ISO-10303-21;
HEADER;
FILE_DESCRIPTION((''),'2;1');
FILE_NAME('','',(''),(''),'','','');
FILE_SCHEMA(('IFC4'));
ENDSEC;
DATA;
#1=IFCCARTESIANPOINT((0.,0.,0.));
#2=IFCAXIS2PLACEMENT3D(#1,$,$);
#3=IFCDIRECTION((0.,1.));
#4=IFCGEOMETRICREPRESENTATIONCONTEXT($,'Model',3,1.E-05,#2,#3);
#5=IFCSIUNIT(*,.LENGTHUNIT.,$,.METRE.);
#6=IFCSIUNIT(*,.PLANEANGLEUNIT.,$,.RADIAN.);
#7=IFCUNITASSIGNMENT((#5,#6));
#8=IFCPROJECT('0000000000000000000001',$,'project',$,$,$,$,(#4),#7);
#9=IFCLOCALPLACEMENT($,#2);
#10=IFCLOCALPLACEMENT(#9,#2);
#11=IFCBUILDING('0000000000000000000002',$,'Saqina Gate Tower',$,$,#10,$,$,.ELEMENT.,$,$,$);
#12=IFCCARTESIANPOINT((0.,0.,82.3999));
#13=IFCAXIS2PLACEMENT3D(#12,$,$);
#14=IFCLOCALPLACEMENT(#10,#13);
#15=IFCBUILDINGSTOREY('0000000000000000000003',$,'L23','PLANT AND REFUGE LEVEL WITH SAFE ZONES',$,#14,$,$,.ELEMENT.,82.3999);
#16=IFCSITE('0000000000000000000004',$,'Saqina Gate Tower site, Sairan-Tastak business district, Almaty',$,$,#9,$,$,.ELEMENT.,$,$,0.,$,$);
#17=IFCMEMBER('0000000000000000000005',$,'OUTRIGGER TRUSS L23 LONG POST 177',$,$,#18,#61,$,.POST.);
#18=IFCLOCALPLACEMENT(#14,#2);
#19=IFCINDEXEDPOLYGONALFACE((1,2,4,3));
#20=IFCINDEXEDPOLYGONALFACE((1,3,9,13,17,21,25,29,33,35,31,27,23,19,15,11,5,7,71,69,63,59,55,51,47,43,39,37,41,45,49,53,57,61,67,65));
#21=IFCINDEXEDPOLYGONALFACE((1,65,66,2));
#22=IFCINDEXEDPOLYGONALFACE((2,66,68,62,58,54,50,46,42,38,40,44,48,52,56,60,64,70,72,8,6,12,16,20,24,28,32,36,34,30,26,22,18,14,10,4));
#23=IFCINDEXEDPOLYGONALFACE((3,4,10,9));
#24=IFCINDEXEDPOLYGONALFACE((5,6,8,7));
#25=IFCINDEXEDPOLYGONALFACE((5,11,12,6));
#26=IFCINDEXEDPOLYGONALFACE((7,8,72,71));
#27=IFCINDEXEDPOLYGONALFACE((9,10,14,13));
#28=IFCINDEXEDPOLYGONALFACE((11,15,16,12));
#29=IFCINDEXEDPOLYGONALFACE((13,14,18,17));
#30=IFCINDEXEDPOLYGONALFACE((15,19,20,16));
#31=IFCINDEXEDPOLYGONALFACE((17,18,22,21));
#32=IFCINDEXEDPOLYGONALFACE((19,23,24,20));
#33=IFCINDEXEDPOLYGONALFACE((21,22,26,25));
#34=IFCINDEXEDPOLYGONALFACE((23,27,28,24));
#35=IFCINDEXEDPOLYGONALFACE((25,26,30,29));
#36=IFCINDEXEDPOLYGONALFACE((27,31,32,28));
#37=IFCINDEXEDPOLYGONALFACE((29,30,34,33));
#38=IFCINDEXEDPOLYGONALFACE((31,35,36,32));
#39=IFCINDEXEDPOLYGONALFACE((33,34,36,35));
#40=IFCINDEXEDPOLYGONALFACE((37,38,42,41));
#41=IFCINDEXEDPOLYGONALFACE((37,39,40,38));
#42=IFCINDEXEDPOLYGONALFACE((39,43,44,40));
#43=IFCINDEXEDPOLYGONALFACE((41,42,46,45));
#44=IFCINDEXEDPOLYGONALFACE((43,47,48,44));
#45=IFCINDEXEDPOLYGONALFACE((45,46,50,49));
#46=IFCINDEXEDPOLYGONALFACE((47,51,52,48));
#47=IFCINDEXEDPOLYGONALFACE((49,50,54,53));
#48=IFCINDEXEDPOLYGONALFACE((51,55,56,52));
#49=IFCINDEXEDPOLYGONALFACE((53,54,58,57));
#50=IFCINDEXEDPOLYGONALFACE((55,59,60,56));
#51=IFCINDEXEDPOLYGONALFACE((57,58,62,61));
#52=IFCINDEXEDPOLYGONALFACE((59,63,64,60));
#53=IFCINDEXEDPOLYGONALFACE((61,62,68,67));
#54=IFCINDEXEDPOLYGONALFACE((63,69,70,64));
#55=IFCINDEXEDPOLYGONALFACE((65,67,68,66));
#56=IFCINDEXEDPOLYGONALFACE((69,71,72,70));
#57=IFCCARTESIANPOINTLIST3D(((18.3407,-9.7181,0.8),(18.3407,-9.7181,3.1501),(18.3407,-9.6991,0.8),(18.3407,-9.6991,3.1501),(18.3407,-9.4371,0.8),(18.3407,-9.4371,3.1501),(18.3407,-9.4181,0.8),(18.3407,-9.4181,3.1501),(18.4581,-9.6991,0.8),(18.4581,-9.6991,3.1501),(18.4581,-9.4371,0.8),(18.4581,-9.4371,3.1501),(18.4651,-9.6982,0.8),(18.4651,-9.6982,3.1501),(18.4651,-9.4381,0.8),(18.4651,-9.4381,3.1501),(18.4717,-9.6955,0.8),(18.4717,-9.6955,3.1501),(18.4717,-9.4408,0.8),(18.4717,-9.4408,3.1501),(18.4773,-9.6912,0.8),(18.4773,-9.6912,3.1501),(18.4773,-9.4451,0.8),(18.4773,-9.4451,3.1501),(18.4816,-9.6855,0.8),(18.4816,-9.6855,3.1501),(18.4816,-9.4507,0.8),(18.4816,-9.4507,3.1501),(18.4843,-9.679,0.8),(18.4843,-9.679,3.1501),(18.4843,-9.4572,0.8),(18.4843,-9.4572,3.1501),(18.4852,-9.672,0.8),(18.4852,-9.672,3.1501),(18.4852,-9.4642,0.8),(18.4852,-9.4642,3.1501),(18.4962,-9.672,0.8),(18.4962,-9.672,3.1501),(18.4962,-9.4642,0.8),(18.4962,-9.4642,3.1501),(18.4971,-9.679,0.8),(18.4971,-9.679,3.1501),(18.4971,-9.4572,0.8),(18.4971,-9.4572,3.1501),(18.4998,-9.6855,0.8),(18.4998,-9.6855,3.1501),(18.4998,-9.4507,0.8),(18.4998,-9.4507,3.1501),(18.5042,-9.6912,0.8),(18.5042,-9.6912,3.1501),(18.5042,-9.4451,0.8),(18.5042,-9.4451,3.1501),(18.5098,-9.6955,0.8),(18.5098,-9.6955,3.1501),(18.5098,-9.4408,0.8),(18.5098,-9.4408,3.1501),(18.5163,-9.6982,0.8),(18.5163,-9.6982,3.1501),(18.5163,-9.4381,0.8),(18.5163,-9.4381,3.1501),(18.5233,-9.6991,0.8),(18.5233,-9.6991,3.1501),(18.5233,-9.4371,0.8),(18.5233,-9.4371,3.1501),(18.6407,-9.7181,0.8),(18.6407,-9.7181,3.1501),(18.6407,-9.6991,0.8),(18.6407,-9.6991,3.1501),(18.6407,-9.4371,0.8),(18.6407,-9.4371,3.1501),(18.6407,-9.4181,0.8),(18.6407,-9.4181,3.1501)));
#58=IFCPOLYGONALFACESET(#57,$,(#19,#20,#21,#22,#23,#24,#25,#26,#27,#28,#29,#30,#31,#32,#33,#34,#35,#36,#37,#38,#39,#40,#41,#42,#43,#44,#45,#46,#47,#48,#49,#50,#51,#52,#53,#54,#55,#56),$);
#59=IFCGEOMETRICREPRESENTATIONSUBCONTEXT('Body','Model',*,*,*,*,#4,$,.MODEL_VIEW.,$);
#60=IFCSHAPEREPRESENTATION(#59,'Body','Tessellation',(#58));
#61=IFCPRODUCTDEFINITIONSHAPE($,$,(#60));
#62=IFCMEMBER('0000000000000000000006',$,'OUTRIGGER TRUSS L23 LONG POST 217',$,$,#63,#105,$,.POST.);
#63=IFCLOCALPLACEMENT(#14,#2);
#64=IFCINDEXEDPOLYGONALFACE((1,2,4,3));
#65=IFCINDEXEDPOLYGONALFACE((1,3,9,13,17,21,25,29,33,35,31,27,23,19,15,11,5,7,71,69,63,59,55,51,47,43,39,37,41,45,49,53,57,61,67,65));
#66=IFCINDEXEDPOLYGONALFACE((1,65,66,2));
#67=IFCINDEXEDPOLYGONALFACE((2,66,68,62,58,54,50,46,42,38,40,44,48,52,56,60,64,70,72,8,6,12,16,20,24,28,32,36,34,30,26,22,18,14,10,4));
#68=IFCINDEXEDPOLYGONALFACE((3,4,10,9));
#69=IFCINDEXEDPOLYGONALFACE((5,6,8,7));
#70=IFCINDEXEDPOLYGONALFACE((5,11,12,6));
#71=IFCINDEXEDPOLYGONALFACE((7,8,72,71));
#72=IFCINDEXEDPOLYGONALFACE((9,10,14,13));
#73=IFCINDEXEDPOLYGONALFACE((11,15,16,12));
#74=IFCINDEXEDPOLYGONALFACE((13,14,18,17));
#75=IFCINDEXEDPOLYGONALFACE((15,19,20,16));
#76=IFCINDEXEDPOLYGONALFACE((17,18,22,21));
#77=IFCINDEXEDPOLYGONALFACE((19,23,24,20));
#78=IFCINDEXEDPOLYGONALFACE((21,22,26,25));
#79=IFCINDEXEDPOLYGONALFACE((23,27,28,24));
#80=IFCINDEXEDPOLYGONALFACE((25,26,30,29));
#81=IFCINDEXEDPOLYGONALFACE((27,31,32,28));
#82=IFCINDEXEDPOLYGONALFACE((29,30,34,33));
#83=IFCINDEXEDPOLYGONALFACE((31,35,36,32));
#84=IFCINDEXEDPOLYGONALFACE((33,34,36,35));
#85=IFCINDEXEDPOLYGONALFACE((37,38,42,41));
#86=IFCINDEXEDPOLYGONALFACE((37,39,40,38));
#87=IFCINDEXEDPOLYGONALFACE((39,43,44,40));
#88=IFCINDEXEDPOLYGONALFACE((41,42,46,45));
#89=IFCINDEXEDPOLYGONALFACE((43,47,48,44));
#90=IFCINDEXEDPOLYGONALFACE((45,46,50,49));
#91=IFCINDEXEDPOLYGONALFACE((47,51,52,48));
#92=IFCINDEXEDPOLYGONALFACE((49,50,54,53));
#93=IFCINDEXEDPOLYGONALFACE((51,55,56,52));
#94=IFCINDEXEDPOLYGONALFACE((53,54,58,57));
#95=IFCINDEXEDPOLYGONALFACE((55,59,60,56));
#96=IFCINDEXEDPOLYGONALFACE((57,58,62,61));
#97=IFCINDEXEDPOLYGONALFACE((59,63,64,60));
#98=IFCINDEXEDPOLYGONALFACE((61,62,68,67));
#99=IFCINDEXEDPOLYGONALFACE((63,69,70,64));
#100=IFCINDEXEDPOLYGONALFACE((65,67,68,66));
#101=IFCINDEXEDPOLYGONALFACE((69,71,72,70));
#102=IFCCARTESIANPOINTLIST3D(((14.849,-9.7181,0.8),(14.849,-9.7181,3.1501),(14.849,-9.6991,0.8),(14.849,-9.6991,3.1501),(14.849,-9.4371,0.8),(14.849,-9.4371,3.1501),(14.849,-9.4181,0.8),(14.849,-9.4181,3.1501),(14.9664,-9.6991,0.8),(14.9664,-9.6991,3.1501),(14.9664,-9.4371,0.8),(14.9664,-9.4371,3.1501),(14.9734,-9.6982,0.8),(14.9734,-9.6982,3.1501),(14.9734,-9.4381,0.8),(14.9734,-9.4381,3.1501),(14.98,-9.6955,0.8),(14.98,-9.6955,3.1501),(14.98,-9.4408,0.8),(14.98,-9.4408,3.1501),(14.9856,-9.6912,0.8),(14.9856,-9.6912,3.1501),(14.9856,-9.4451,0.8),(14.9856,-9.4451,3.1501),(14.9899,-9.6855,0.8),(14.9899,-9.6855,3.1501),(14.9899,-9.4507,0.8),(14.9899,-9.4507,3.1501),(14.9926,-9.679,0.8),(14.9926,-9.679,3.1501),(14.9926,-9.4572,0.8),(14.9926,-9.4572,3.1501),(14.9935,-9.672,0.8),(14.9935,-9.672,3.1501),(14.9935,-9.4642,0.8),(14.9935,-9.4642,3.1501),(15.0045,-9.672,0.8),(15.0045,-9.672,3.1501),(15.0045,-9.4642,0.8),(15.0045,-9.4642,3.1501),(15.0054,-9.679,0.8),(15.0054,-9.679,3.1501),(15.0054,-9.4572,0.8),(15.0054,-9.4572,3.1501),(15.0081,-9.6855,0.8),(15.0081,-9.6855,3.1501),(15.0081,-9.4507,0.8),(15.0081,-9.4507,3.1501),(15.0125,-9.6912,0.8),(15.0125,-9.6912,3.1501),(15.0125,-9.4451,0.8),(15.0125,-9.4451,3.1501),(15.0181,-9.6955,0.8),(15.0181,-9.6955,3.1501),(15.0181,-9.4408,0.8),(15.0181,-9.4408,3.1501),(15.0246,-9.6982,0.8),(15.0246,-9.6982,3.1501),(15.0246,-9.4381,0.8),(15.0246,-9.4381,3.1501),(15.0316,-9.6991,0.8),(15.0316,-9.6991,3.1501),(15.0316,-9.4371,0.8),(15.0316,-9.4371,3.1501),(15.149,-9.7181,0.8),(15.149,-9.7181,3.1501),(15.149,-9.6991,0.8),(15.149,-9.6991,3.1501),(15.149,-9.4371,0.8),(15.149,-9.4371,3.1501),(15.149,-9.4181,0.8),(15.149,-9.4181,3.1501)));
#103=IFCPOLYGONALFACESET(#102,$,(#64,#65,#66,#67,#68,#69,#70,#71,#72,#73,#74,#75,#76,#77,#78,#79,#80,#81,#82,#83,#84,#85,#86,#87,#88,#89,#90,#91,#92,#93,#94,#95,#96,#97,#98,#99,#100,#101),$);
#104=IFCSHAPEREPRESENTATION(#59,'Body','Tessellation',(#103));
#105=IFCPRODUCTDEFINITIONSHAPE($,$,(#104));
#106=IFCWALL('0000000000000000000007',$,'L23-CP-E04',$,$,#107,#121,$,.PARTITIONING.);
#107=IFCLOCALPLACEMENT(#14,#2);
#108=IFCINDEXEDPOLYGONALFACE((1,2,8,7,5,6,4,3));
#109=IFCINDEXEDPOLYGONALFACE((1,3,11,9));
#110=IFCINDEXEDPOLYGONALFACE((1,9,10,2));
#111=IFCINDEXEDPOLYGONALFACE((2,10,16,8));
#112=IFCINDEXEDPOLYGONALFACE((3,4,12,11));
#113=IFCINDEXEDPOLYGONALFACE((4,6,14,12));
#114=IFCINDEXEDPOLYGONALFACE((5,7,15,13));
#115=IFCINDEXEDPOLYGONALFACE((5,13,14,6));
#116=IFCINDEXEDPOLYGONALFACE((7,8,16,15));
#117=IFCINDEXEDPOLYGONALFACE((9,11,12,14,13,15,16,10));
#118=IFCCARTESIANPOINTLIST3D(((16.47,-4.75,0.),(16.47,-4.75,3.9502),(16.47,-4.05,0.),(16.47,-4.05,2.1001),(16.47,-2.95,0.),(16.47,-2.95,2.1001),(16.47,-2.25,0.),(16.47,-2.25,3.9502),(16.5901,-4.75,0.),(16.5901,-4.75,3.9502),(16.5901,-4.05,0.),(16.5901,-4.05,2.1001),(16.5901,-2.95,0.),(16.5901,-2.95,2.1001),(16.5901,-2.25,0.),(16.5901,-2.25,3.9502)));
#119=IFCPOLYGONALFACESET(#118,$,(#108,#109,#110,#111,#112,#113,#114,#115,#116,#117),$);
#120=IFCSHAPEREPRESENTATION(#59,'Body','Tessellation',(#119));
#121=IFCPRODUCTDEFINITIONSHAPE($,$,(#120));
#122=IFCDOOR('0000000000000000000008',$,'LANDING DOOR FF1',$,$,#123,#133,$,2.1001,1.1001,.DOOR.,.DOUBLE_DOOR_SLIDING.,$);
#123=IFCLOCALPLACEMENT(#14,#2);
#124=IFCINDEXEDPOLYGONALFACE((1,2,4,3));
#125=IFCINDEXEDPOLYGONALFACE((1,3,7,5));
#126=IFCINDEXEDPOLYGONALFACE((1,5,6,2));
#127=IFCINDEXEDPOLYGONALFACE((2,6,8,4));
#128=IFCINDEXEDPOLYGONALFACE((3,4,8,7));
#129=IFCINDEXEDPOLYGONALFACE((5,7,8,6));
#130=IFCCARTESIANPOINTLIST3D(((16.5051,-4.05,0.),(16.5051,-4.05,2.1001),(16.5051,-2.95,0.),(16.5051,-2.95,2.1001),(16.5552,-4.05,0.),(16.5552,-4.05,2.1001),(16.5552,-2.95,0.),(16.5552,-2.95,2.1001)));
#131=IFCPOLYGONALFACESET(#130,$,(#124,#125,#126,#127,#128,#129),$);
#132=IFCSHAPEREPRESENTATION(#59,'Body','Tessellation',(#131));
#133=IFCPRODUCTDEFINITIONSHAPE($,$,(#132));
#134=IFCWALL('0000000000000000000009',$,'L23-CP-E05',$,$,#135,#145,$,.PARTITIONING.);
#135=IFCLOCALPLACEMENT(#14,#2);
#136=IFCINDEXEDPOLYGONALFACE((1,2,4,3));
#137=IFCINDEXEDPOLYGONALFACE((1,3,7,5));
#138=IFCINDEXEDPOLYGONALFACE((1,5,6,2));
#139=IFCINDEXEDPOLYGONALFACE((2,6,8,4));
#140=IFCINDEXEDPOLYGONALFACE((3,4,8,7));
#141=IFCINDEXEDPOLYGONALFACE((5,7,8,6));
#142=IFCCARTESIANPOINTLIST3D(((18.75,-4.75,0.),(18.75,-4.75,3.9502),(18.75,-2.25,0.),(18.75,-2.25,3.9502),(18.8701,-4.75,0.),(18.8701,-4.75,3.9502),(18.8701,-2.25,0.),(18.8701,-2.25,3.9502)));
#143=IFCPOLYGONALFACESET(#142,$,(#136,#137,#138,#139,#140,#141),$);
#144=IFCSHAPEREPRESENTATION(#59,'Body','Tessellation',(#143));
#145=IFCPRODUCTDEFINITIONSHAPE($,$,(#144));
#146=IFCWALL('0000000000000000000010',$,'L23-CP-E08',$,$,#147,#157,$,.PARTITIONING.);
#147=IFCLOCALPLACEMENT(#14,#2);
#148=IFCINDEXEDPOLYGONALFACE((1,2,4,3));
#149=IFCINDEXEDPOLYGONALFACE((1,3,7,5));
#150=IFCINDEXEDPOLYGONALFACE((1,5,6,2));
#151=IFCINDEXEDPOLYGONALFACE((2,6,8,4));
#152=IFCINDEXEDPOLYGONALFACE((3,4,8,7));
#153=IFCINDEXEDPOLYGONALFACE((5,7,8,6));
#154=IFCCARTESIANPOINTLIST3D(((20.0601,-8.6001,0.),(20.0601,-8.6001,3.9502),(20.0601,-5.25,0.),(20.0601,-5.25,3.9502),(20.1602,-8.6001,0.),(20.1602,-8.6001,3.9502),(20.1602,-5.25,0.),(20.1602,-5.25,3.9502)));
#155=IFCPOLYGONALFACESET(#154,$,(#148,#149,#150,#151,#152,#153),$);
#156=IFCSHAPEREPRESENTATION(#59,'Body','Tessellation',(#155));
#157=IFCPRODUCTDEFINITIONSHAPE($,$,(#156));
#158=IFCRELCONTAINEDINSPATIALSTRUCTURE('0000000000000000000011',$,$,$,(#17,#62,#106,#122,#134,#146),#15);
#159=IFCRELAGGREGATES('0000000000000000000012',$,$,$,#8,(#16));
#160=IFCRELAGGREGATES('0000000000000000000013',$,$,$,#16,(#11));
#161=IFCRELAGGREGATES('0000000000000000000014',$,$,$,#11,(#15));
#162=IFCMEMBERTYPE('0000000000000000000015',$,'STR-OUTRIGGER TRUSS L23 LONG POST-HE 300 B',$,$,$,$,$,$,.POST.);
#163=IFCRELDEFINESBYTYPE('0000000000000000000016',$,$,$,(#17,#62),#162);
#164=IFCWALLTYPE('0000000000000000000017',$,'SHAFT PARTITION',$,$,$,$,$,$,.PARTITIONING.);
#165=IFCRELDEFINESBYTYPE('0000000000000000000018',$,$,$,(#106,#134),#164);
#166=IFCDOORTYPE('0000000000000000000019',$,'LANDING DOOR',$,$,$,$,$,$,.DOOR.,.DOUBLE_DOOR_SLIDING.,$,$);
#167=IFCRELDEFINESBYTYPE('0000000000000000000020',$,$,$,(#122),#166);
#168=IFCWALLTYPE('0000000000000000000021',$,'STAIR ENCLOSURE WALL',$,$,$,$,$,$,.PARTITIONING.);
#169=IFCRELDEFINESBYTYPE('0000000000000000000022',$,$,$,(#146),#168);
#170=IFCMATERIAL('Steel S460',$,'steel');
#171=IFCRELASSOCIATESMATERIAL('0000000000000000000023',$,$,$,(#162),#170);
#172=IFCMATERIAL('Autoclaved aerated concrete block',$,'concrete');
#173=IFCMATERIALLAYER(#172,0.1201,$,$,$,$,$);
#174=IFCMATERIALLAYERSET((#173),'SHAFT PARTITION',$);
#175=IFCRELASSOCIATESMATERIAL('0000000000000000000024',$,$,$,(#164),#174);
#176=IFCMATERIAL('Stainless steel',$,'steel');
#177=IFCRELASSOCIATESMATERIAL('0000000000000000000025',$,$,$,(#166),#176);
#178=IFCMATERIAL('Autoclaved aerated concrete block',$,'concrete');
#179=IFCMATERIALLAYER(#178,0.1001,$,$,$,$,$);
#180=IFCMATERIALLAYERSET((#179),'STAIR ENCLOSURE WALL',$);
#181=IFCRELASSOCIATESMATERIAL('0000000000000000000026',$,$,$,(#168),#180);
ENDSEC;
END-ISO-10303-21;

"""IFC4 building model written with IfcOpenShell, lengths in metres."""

from ifc_helpers import new_model, si_unit, direction, frame, frame_2d, origin, origin_2d, place, context, subcontext, project, spatial, rectangle, i_section, extrude, material, layer, layer_set, material_profile, profile_set, type_object, element, fill, save


model = new_model("IFC4")

# Units and contexts
model_context = context("Model", 3, precision=1e-05, world=origin(), true_north=direction((0.0, 1.0)))
body_context = subcontext(model_context, "Body", "Model", "MODEL_VIEW")
ifc_project = project(units=[si_unit("LENGTHUNIT", "METRE"), si_unit("PLANEANGLEUNIT", "RADIAN")], contexts=[model_context])

# Site, building, storey
site_placement = place(None, origin())
site = spatial("IfcSite", under=ifc_project, at=site_placement, Name="Saqina Gate Tower site, Sairan-Tastak business district, Almaty", CompositionType="ELEMENT", RefElevation=0.0)
building_placement = place(site_placement, origin())
building = spatial("IfcBuilding", under=site, at=building_placement, Name="Saqina Gate Tower", CompositionType="ELEMENT")
storey_placement = place(building_placement, frame((0.0, 0.0, 82.3999)))
storey = spatial("IfcBuildingStorey", under=building, at=storey_placement, Name="L23", Description="PLANT AND REFUGE LEVEL WITH SAFE ZONES", CompositionType="ELEMENT", Elevation=82.3999)

# Members
ifc_material_1 = material(Name="Steel S460", Category="steel")
ifc_material_profile_1 = material_profile(ifc_material_1, i_section(OverallWidth=0.3, OverallDepth=0.3, WebThickness=0.011, FlangeThickness=0.019, FilletRadius=0.0271, at=origin_2d()), Name="HE 300 B")
ifc_profile_set_1 = profile_set([ifc_material_profile_1], Name="Steel S460")
member_type_1 = type_object("IfcMemberType", Name="STR-OUTRIGGER TRUSS L23 LONG POST-HE 300 B", PredefinedType="POST", material=ifc_profile_set_1)
for number, where, z_axis, x_axis, name in (
    (1, (18.4907, -9.5681, 0.8), (0.0, 0.0, 1.0), (1.0, 0.0, 0.0), "OUTRIGGER TRUSS L23 LONG POST 177"),
    (2, (14.999, -9.5681, 0.8), (0.0, 0.0, 1.0), (1.0, 0.0, 0.0), "OUTRIGGER TRUSS L23 LONG POST 217"),
):
    element("IfcMember", number, at=place(storey_placement, frame(where, z_axis=z_axis, x_axis=x_axis)), inside=storey, type_object=member_type_1, Name=name, PredefinedType="POST", context=body_context, shape_type="SweptSolid", body=[
        extrude(i_section(OverallWidth=0.3, OverallDepth=0.3, WebThickness=0.011, FlangeThickness=0.019, FilletRadius=0.0271, at=origin_2d()), origin(), (0.0, 0.0, 1.0), 2.3501),
    ])

# Wall, opening, door
ifc_material_2 = material(Name="Autoclaved aerated concrete block", Category="concrete")
ifc_layer_1 = layer(ifc_material_2, 0.1201)
ifc_layer_set_1 = layer_set([ifc_layer_1], Name="SHAFT PARTITION")
wall_type_1 = type_object("IfcWallType", Name="SHAFT PARTITION", PredefinedType="PARTITIONING", material=ifc_layer_set_1)
wall_1_placement = place(storey_placement, frame((16.53, -4.75, 0.0), z_axis=(0.0, 0.0, 1.0), x_axis=(0.0, 1.0, 0.0)))
wall_1 = element("IfcWall", 3, at=wall_1_placement, inside=storey, type_object=wall_type_1, Name="L23-CP-E04", PredefinedType="PARTITIONING", context=body_context, shape_type="SweptSolid", body=[
    extrude(rectangle(XDim=2.5, YDim=0.1201, at=frame_2d((1.25, 0.0))), origin(), (0.0, 0.0, 1.0), 3.9502),
])
opening_1_placement = place(wall_1_placement, frame((0.7, 0.0, 0.0)))
opening_1 = element("IfcOpeningElement", 4, at=opening_1_placement, cuts=wall_1, PredefinedType="OPENING", context=body_context, shape_type="SweptSolid", body=[
    extrude(rectangle(XDim=1.1001, YDim=2.1001, at=frame_2d((0.55, 1.05))), frame((0.0, 0.072, 0.0), z_axis=(0.0, -1.0, 0.0), x_axis=(1.0, 0.0, 0.0)), (0.0, 0.0, 1.0), 0.144),
])
ifc_material_3 = material(Name="Stainless steel", Category="steel")
door_type_1 = type_object("IfcDoorType", Name="LANDING DOOR", OperationType="DOUBLE_DOOR_SLIDING", PredefinedType="DOOR", material=ifc_material_3)
door_1_placement = place(opening_1_placement, origin())
door_1 = element("IfcDoor", 5, at=door_1_placement, inside=storey, type_object=door_type_1, Name="LANDING DOOR FF1", OperationType="DOUBLE_DOOR_SLIDING", OverallHeight=2.1001, OverallWidth=1.1001, PredefinedType="DOOR", context=body_context, shape_type="SweptSolid", body=[
    extrude(rectangle(XDim=1.1001, YDim=2.1001, at=frame_2d((0.55, 1.05))), frame((0.0, 0.0249, 0.0), z_axis=(0.0, -1.0, 0.0), x_axis=(1.0, 0.0, 0.0)), (0.0, 0.0, 1.0), 0.05),
])
fill(opening_1, door_1)

# Walls
wall_2_placement = place(storey_placement, frame((18.8101, -4.75, 0.0), z_axis=(0.0, 0.0, 1.0), x_axis=(0.0, 1.0, 0.0)))
element("IfcWall", 6, at=wall_2_placement, inside=storey, type_object=wall_type_1, Name="L23-CP-E05", PredefinedType="PARTITIONING", context=body_context, shape_type="SweptSolid", body=[
    extrude(rectangle(XDim=2.5, YDim=0.1201, at=frame_2d((1.25, 0.0))), origin(), (0.0, 0.0, 1.0), 3.9502),
])
ifc_material_4 = material(Name="Autoclaved aerated concrete block", Category="concrete")
ifc_layer_2 = layer(ifc_material_4, 0.1001)
ifc_layer_set_2 = layer_set([ifc_layer_2], Name="STAIR ENCLOSURE WALL")
wall_type_2 = type_object("IfcWallType", Name="STAIR ENCLOSURE WALL", PredefinedType="PARTITIONING", material=ifc_layer_set_2)
wall_3_placement = place(storey_placement, frame((20.1101, -8.6001, 0.0), z_axis=(0.0, 0.0, 1.0), x_axis=(0.0, 1.0, 0.0)))
element("IfcWall", 7, at=wall_3_placement, inside=storey, type_object=wall_type_2, Name="L23-CP-E08", PredefinedType="PARTITIONING", context=body_context, shape_type="SweptSolid", body=[
    extrude(rectangle(XDim=3.3501, YDim=0.1001, at=frame_2d((1.675, 0.0))), origin(), (0.0, 0.0, 1.0), 3.9502),
])

save(model, "model.ifc")
